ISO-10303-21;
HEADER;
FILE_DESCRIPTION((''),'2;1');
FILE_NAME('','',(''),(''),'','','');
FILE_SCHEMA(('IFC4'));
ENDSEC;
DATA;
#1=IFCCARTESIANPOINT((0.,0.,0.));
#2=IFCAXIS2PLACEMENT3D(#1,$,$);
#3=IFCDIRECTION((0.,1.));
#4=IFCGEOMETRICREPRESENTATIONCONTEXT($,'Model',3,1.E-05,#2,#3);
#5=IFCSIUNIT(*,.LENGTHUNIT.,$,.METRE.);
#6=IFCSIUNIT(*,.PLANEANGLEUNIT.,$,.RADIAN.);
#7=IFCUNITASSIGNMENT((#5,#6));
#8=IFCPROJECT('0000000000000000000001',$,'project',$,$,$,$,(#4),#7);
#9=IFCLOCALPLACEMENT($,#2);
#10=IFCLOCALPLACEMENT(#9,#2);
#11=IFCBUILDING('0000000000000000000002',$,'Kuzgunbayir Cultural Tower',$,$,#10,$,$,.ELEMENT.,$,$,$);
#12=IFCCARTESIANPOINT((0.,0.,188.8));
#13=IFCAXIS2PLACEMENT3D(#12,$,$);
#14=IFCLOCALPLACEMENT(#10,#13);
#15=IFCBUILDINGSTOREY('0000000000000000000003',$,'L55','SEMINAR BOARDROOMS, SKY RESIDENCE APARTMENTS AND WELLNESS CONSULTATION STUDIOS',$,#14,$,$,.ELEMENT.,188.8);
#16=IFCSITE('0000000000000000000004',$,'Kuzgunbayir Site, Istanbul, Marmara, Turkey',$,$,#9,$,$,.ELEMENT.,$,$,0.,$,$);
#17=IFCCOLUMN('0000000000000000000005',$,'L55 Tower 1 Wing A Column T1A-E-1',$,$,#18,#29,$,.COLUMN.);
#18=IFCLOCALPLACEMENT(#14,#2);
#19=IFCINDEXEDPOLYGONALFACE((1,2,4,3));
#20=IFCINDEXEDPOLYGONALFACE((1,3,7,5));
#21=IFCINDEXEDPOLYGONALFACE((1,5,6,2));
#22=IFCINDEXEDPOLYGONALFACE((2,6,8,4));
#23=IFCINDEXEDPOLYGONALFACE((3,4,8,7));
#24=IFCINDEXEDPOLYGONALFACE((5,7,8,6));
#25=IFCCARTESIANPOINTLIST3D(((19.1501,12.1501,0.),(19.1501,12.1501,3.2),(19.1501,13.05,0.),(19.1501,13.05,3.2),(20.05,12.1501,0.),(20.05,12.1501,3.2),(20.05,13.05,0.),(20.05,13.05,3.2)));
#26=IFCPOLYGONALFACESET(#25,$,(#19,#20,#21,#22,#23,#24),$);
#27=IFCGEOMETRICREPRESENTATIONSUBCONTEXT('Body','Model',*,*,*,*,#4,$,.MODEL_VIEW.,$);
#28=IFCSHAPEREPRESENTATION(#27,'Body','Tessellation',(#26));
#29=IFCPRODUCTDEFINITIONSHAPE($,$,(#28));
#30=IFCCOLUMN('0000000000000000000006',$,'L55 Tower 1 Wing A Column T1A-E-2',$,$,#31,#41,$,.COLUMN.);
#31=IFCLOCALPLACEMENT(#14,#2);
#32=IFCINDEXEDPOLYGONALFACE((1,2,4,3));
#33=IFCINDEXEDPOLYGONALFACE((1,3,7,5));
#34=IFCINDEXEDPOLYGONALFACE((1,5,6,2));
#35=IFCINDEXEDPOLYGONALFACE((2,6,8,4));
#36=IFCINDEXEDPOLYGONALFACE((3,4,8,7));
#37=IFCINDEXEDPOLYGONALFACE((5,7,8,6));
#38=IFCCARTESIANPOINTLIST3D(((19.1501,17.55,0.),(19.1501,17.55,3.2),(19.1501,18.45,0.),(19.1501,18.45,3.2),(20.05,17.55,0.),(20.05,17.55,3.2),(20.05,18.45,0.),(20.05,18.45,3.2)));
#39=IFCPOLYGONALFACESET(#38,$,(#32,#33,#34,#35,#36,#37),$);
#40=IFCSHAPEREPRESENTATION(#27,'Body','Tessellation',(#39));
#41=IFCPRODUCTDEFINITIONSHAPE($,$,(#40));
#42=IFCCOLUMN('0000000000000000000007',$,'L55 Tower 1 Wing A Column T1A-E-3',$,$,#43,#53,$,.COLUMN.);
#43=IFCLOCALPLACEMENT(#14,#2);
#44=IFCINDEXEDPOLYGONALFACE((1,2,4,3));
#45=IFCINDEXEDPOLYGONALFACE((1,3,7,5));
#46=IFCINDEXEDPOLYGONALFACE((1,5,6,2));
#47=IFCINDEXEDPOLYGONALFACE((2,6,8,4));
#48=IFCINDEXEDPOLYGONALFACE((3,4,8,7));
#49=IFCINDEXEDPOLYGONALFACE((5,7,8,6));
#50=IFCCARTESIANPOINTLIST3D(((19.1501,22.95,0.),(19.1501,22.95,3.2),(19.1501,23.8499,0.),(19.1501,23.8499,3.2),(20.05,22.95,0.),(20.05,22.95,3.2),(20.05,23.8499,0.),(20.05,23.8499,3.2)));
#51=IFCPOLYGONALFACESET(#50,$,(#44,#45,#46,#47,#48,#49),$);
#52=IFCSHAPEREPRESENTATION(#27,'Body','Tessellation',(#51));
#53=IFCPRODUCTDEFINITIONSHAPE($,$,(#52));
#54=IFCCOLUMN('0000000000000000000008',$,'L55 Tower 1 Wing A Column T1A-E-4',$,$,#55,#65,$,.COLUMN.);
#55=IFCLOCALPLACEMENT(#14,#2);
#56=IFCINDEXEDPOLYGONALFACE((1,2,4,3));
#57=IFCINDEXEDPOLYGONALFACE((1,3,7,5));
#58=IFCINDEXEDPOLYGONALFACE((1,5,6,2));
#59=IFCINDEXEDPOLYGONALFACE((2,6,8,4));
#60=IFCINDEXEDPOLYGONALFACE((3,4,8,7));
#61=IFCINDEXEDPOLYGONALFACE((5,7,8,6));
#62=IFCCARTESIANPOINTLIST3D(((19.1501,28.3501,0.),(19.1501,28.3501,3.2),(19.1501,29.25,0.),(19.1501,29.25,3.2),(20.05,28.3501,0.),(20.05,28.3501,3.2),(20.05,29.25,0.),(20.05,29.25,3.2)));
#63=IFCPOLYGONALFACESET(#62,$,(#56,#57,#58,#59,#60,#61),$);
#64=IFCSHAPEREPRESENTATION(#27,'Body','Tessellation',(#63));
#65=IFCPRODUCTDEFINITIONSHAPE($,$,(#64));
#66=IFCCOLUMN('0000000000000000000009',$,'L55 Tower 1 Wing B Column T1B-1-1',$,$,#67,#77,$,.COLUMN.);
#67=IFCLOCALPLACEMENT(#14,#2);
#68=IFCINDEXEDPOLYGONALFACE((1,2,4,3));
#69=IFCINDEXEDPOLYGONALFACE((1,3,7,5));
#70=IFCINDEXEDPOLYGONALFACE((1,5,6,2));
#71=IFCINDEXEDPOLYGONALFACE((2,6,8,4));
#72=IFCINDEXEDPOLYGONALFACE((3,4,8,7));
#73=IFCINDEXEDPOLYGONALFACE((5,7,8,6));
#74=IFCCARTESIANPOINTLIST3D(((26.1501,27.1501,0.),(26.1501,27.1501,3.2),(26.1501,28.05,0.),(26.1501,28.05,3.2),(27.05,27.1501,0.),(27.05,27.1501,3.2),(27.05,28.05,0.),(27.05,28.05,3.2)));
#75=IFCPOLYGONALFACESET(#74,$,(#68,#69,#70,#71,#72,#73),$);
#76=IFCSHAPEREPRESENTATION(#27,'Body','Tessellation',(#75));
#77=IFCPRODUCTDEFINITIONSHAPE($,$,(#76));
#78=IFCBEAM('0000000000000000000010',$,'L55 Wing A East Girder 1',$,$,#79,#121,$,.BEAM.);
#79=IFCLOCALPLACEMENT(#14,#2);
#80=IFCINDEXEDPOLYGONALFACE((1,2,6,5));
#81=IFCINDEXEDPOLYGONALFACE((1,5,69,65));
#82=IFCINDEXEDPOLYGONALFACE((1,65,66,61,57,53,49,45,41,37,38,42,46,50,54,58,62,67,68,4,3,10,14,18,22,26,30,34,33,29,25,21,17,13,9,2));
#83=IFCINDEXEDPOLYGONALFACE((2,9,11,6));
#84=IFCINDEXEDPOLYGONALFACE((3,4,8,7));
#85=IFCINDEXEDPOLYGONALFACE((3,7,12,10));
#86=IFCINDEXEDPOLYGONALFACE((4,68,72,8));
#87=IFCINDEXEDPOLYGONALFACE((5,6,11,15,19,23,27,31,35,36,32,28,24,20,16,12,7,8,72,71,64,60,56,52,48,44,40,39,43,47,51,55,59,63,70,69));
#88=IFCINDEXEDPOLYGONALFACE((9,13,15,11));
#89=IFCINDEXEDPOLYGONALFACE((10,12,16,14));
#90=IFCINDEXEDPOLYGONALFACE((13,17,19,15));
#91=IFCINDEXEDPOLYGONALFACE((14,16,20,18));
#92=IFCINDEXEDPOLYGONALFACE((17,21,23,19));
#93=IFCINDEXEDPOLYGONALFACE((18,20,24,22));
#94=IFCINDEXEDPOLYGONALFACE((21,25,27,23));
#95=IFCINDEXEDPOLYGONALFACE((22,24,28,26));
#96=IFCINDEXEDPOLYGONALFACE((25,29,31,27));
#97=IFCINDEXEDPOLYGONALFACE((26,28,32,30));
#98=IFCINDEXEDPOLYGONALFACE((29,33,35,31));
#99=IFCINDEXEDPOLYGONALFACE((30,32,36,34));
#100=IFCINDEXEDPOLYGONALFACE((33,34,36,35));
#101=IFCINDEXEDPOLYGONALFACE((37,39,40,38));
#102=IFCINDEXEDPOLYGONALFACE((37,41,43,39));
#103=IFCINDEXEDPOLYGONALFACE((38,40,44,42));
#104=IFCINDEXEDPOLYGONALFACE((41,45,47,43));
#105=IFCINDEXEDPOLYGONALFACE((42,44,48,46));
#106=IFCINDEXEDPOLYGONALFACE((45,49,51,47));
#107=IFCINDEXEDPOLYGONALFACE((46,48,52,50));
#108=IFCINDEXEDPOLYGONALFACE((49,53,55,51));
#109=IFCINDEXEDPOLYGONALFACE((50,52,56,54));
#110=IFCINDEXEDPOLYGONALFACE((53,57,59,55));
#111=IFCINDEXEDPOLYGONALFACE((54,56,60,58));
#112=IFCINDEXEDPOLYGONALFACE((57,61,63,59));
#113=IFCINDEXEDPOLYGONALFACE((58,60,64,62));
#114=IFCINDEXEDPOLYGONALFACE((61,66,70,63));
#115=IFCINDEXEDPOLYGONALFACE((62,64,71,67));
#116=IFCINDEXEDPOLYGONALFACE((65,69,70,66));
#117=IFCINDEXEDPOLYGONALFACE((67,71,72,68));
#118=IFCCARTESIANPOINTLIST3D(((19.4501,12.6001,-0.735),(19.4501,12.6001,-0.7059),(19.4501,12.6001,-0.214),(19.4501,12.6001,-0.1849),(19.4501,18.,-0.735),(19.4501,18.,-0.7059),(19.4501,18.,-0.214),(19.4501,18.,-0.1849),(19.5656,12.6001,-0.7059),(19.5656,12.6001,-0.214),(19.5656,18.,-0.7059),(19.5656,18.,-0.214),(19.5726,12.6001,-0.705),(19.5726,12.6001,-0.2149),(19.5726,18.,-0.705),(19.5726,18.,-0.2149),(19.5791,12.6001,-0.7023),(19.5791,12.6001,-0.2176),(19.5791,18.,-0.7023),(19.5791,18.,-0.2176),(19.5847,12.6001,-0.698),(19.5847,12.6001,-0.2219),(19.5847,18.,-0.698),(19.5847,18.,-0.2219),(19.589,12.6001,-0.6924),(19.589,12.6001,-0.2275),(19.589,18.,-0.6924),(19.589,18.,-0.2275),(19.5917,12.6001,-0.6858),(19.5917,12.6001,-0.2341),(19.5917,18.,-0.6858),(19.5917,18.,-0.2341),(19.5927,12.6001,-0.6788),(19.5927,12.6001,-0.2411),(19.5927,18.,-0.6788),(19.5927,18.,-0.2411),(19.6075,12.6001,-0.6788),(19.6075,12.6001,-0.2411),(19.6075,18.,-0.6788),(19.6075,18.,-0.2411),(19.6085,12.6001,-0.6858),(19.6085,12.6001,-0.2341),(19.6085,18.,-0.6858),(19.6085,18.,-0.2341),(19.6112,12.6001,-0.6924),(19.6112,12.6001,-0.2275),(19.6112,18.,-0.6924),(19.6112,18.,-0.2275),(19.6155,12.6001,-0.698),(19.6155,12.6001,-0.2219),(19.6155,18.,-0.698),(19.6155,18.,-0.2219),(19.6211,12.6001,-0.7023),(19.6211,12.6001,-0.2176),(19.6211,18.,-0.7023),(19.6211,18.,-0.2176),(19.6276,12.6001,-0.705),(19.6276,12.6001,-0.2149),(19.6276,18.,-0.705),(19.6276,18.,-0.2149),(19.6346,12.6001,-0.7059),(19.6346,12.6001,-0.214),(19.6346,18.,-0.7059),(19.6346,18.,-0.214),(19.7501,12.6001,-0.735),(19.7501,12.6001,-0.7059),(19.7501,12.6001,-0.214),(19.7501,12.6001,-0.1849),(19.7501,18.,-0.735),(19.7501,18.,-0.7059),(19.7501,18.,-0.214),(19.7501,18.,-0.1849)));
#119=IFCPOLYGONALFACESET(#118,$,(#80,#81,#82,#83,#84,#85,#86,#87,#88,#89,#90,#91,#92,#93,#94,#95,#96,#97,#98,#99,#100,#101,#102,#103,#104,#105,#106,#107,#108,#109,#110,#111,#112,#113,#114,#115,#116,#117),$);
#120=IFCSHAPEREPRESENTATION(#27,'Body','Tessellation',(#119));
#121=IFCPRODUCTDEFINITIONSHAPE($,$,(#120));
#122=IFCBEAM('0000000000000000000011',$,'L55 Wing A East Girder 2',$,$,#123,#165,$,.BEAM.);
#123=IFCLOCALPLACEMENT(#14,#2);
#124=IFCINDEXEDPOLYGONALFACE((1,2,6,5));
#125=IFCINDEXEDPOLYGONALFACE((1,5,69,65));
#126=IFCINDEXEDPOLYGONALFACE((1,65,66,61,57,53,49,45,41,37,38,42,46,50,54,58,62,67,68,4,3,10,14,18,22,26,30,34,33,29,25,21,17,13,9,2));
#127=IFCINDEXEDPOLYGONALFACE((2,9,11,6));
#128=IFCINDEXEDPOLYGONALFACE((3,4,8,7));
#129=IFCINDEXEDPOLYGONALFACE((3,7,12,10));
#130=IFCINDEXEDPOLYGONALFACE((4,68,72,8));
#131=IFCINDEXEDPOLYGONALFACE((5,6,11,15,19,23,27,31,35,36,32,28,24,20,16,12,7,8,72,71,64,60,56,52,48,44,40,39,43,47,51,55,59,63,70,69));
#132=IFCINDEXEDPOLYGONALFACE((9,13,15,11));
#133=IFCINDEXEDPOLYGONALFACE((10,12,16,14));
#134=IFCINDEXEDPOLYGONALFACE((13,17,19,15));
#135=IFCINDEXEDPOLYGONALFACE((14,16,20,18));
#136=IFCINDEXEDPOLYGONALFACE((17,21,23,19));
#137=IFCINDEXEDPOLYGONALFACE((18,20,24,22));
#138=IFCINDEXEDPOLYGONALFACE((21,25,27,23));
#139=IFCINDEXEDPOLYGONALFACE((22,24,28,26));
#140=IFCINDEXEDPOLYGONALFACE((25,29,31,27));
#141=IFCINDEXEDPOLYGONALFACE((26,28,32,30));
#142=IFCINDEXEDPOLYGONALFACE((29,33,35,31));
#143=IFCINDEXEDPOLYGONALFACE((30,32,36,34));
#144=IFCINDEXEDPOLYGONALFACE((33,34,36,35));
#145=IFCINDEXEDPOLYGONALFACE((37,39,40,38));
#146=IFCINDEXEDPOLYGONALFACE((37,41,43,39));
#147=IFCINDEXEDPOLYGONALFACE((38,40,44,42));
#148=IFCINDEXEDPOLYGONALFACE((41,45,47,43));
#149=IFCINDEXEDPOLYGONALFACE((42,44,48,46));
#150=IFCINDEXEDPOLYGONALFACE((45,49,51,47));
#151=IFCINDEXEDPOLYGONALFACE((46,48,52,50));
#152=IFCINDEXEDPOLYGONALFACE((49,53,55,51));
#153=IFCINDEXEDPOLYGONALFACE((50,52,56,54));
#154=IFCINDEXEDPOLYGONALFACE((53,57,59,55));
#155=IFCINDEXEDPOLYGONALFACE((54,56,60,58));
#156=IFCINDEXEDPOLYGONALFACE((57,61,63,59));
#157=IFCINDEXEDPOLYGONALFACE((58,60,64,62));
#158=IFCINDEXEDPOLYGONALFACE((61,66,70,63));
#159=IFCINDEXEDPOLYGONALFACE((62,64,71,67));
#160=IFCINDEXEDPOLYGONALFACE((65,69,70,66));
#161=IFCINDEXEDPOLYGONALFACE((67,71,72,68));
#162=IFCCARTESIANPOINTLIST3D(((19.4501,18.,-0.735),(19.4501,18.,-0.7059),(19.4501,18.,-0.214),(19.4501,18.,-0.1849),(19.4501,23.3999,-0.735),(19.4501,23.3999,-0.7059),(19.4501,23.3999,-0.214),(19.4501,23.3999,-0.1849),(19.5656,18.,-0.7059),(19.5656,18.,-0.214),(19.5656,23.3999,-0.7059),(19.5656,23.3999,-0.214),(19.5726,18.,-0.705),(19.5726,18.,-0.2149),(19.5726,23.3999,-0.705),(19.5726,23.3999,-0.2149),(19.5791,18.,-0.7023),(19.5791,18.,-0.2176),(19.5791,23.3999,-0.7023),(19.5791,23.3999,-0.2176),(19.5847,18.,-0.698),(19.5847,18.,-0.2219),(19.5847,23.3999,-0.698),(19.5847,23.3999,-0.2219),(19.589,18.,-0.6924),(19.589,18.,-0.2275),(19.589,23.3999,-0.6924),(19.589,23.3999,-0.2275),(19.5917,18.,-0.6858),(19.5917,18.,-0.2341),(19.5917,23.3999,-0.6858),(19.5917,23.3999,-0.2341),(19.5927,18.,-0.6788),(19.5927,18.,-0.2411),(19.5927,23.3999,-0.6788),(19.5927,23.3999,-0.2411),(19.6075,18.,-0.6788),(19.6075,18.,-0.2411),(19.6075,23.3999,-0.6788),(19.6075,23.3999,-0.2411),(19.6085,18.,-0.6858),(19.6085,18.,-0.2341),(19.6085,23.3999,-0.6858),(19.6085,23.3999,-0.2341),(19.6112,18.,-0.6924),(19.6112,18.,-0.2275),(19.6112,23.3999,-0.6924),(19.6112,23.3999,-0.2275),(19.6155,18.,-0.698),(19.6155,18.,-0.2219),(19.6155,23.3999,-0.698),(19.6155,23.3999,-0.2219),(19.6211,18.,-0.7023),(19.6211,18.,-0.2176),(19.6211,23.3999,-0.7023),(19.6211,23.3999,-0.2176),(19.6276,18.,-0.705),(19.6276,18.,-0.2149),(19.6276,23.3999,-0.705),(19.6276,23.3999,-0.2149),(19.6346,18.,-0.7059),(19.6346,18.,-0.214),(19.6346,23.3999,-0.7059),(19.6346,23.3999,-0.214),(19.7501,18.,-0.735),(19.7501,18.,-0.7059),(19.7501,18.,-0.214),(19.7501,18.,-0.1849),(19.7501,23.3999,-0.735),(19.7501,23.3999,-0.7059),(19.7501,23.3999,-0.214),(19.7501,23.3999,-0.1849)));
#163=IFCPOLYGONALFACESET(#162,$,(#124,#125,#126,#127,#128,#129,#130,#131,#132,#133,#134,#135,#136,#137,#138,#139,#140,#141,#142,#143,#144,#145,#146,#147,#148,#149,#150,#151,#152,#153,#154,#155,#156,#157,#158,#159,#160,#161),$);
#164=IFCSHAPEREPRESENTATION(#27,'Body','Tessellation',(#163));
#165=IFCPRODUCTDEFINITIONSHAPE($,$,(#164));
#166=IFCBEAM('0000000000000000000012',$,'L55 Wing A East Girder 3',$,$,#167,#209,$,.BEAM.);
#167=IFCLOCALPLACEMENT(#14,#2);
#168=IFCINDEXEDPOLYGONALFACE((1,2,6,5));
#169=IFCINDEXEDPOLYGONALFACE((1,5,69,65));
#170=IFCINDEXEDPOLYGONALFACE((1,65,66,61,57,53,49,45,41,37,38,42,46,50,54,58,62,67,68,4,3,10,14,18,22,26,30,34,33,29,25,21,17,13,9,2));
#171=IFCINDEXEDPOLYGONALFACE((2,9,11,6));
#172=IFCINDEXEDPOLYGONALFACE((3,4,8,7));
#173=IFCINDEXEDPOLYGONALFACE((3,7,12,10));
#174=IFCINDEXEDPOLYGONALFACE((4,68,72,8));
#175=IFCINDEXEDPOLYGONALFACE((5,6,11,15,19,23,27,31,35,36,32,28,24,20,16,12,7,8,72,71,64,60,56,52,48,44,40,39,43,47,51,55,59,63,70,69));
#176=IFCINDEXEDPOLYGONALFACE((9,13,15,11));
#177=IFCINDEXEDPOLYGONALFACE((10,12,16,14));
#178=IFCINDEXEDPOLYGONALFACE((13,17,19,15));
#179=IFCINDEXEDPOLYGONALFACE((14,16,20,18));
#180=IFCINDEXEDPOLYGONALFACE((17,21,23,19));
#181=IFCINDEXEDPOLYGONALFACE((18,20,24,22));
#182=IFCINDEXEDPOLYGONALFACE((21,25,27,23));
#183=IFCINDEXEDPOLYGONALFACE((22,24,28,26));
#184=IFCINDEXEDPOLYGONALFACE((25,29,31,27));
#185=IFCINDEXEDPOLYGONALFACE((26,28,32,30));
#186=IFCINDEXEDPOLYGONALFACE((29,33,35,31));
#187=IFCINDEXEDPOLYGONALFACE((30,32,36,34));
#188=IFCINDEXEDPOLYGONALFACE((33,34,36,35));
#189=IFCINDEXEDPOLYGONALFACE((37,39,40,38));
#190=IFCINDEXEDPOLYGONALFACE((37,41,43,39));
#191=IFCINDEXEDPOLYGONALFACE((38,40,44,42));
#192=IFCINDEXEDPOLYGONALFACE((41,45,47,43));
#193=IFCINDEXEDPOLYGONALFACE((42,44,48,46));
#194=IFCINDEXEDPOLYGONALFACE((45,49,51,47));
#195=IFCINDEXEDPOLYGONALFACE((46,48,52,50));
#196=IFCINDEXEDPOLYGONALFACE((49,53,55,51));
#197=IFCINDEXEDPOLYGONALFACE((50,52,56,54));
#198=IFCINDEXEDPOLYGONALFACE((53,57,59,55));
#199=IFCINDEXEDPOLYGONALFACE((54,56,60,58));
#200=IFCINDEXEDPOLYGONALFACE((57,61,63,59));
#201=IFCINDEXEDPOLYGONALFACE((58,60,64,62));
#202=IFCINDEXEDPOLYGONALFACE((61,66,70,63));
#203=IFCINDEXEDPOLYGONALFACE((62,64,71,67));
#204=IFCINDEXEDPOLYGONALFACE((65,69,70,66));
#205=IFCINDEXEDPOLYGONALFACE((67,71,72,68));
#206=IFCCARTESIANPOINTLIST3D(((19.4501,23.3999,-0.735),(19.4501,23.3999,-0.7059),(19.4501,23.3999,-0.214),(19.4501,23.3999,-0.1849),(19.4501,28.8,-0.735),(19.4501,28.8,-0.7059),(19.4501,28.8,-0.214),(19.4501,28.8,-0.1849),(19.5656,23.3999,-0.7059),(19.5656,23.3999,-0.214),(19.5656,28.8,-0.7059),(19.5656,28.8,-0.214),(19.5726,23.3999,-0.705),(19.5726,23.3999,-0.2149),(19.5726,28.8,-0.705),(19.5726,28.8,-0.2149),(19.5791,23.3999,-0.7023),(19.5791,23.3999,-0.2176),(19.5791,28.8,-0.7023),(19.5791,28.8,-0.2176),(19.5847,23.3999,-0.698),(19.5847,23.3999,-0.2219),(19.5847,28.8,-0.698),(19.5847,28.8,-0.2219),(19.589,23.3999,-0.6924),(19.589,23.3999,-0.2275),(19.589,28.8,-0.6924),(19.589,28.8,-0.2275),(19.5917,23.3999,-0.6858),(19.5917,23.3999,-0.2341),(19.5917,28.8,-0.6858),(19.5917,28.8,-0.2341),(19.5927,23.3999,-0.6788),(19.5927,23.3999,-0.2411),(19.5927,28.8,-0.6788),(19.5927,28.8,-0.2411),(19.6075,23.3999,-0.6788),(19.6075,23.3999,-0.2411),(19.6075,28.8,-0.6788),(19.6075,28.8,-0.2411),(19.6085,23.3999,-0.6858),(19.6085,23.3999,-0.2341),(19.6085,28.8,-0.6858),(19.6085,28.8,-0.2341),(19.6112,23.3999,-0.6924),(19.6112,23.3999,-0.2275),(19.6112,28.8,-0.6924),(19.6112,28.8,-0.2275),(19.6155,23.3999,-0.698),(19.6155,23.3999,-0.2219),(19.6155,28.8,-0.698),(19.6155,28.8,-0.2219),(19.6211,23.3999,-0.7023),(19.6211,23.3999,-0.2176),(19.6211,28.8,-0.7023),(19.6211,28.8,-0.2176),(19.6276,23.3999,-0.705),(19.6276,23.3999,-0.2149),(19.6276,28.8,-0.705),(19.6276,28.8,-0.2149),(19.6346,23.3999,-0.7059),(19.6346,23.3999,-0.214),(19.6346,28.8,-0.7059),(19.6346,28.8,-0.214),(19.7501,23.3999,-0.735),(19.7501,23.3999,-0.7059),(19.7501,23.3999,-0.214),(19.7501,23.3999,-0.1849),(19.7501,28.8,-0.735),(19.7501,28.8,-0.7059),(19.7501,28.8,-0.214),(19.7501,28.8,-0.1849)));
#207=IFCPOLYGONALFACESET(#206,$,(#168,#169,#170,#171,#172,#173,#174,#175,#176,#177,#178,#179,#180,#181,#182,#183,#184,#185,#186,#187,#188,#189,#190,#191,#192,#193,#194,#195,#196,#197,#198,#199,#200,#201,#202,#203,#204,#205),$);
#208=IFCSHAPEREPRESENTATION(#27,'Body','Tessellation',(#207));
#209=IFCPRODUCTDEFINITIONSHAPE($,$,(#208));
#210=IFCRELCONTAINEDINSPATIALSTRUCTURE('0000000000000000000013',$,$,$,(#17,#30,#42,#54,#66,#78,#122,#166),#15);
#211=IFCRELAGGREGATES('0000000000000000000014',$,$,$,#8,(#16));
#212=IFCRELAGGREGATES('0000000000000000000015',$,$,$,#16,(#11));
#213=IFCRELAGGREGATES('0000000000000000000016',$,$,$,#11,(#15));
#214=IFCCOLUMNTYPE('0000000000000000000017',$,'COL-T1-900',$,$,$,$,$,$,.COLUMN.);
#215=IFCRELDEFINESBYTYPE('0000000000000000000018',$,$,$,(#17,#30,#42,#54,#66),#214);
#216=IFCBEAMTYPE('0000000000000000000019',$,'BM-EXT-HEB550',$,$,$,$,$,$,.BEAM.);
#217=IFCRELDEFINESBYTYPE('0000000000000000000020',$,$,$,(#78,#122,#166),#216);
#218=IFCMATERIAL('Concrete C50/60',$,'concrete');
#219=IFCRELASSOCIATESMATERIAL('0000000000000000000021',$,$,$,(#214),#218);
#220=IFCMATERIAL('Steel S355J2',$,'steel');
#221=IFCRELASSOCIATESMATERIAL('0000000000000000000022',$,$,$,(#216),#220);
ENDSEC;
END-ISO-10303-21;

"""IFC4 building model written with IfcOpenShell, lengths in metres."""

from ifc_helpers import new_model, si_unit, direction, frame, origin, origin_2d, place, context, subcontext, project, spatial, rectangle, i_section, extrude, material, material_profile, profile_set, type_object, element, save


model = new_model("IFC4")

# Units and contexts
model_context = context("Model", 3, precision=1e-05, world=origin(), true_north=direction((0.0, 1.0)))
body_context = subcontext(model_context, "Body", "Model", "MODEL_VIEW")
ifc_project = project(units=[si_unit("LENGTHUNIT", "METRE"), si_unit("PLANEANGLEUNIT", "RADIAN")], contexts=[model_context])

# Site, building, storey
site_placement = place(None, origin())
site = spatial("IfcSite", under=ifc_project, at=site_placement, Name="Kuzgunbayir Site, Istanbul, Marmara, Turkey", CompositionType="ELEMENT", RefElevation=0.0)
building_placement = place(site_placement, origin())
building = spatial("IfcBuilding", under=site, at=building_placement, Name="Kuzgunbayir Cultural Tower", CompositionType="ELEMENT")
storey_placement = place(building_placement, frame((0.0, 0.0, 188.8)))
storey = spatial("IfcBuildingStorey", under=building, at=storey_placement, Name="L55", Description="SEMINAR BOARDROOMS, SKY RESIDENCE APARTMENTS AND WELLNESS CONSULTATION STUDIOS", CompositionType="ELEMENT", Elevation=188.8)

# Columns
ifc_material_1 = material(Name="Concrete C50/60", Category="concrete")
ifc_material_profile_1 = material_profile(ifc_material_1, rectangle(XDim=0.8999, YDim=0.8999, at=origin_2d()), Name="RC 900x900")
ifc_profile_set_1 = profile_set([ifc_material_profile_1], Name="Concrete C50/60")
column_type = type_object("IfcColumnType", Name="COL-T1-900", PredefinedType="COLUMN", material=ifc_profile_set_1)
for number, where, z_axis, x_axis, name in (
    (1, (19.6001, 12.6001, 0.0), (0.0, 0.0, 1.0), (1.0, 0.0, 0.0), "L55 Tower 1 Wing A Column T1A-E-1"),
    (2, (19.6001, 18.0, 0.0), (0.0, 0.0, 1.0), (1.0, 0.0, 0.0), "L55 Tower 1 Wing A Column T1A-E-2"),
    (3, (19.6001, 23.3999, 0.0), (0.0, 0.0, 1.0), (1.0, 0.0, 0.0), "L55 Tower 1 Wing A Column T1A-E-3"),
    (4, (19.6001, 28.8, 0.0), (0.0, 0.0, 1.0), (1.0, 0.0, 0.0), "L55 Tower 1 Wing A Column T1A-E-4"),
    (5, (26.6001, 27.6001, 0.0), (0.0, 0.0, 1.0), (1.0, 0.0, 0.0), "L55 Tower 1 Wing B Column T1B-1-1"),
):
    element("IfcColumn", number, at=place(storey_placement, frame(where, z_axis=z_axis, x_axis=x_axis)), inside=storey, type_object=column_type, Name=name, PredefinedType="COLUMN", context=body_context, shape_type="SweptSolid", body=[
        extrude(rectangle(XDim=0.8999, YDim=0.8999, at=origin_2d()), origin(), (0.0, 0.0, 1.0), 3.2),
    ])

# Beams
ifc_material_2 = material(Name="Steel S355J2", Category="steel")
ifc_material_profile_2 = material_profile(ifc_material_2, i_section(OverallWidth=0.3, OverallDepth=0.55, WebThickness=0.0149, FlangeThickness=0.0291, FilletRadius=0.0271, at=origin_2d()), Name="HEB 550")
ifc_profile_set_2 = profile_set([ifc_material_profile_2], Name="Steel S355J2")
beam_type_1 = type_object("IfcBeamType", Name="BM-EXT-HEB550", PredefinedType="BEAM", material=ifc_profile_set_2)
for number, where, z_axis, x_axis, name in (
    (6, (19.6001, 12.6001, -0.46), (0.0, 1.0, 0.0), (-1.0, 0.0, 0.0), "L55 Wing A East Girder 1"),
    (7, (19.6001, 18.0, -0.46), (0.0, 1.0, 0.0), (-1.0, 0.0, 0.0), "L55 Wing A East Girder 2"),
):
    element("IfcBeam", number, at=place(storey_placement, frame(where, z_axis=z_axis, x_axis=x_axis)), inside=storey, type_object=beam_type_1, Name=name, PredefinedType="BEAM", context=body_context, shape_type="SweptSolid", body=[
        extrude(i_section(OverallWidth=0.3, OverallDepth=0.55, WebThickness=0.0149, FlangeThickness=0.0291, FilletRadius=0.0271, at=origin_2d()), origin(), (0.0, 0.0, 1.0), 5.3999),
    ])
beam_1_placement = place(storey_placement, frame((19.6001, 23.3999, -0.46), z_axis=(0.0, 1.0, 0.0), x_axis=(-1.0, 0.0, 0.0)))
element("IfcBeam", 8, at=beam_1_placement, inside=storey, type_object=beam_type_1, Name="L55 Wing A East Girder 3", PredefinedType="BEAM", context=body_context, shape_type="SweptSolid", body=[
    extrude(i_section(OverallWidth=0.3, OverallDepth=0.55, WebThickness=0.0149, FlangeThickness=0.0291, FilletRadius=0.0271, at=origin_2d()), origin(), (0.0, 0.0, 1.0), 5.4001),
])

save(model, "model.ifc")
